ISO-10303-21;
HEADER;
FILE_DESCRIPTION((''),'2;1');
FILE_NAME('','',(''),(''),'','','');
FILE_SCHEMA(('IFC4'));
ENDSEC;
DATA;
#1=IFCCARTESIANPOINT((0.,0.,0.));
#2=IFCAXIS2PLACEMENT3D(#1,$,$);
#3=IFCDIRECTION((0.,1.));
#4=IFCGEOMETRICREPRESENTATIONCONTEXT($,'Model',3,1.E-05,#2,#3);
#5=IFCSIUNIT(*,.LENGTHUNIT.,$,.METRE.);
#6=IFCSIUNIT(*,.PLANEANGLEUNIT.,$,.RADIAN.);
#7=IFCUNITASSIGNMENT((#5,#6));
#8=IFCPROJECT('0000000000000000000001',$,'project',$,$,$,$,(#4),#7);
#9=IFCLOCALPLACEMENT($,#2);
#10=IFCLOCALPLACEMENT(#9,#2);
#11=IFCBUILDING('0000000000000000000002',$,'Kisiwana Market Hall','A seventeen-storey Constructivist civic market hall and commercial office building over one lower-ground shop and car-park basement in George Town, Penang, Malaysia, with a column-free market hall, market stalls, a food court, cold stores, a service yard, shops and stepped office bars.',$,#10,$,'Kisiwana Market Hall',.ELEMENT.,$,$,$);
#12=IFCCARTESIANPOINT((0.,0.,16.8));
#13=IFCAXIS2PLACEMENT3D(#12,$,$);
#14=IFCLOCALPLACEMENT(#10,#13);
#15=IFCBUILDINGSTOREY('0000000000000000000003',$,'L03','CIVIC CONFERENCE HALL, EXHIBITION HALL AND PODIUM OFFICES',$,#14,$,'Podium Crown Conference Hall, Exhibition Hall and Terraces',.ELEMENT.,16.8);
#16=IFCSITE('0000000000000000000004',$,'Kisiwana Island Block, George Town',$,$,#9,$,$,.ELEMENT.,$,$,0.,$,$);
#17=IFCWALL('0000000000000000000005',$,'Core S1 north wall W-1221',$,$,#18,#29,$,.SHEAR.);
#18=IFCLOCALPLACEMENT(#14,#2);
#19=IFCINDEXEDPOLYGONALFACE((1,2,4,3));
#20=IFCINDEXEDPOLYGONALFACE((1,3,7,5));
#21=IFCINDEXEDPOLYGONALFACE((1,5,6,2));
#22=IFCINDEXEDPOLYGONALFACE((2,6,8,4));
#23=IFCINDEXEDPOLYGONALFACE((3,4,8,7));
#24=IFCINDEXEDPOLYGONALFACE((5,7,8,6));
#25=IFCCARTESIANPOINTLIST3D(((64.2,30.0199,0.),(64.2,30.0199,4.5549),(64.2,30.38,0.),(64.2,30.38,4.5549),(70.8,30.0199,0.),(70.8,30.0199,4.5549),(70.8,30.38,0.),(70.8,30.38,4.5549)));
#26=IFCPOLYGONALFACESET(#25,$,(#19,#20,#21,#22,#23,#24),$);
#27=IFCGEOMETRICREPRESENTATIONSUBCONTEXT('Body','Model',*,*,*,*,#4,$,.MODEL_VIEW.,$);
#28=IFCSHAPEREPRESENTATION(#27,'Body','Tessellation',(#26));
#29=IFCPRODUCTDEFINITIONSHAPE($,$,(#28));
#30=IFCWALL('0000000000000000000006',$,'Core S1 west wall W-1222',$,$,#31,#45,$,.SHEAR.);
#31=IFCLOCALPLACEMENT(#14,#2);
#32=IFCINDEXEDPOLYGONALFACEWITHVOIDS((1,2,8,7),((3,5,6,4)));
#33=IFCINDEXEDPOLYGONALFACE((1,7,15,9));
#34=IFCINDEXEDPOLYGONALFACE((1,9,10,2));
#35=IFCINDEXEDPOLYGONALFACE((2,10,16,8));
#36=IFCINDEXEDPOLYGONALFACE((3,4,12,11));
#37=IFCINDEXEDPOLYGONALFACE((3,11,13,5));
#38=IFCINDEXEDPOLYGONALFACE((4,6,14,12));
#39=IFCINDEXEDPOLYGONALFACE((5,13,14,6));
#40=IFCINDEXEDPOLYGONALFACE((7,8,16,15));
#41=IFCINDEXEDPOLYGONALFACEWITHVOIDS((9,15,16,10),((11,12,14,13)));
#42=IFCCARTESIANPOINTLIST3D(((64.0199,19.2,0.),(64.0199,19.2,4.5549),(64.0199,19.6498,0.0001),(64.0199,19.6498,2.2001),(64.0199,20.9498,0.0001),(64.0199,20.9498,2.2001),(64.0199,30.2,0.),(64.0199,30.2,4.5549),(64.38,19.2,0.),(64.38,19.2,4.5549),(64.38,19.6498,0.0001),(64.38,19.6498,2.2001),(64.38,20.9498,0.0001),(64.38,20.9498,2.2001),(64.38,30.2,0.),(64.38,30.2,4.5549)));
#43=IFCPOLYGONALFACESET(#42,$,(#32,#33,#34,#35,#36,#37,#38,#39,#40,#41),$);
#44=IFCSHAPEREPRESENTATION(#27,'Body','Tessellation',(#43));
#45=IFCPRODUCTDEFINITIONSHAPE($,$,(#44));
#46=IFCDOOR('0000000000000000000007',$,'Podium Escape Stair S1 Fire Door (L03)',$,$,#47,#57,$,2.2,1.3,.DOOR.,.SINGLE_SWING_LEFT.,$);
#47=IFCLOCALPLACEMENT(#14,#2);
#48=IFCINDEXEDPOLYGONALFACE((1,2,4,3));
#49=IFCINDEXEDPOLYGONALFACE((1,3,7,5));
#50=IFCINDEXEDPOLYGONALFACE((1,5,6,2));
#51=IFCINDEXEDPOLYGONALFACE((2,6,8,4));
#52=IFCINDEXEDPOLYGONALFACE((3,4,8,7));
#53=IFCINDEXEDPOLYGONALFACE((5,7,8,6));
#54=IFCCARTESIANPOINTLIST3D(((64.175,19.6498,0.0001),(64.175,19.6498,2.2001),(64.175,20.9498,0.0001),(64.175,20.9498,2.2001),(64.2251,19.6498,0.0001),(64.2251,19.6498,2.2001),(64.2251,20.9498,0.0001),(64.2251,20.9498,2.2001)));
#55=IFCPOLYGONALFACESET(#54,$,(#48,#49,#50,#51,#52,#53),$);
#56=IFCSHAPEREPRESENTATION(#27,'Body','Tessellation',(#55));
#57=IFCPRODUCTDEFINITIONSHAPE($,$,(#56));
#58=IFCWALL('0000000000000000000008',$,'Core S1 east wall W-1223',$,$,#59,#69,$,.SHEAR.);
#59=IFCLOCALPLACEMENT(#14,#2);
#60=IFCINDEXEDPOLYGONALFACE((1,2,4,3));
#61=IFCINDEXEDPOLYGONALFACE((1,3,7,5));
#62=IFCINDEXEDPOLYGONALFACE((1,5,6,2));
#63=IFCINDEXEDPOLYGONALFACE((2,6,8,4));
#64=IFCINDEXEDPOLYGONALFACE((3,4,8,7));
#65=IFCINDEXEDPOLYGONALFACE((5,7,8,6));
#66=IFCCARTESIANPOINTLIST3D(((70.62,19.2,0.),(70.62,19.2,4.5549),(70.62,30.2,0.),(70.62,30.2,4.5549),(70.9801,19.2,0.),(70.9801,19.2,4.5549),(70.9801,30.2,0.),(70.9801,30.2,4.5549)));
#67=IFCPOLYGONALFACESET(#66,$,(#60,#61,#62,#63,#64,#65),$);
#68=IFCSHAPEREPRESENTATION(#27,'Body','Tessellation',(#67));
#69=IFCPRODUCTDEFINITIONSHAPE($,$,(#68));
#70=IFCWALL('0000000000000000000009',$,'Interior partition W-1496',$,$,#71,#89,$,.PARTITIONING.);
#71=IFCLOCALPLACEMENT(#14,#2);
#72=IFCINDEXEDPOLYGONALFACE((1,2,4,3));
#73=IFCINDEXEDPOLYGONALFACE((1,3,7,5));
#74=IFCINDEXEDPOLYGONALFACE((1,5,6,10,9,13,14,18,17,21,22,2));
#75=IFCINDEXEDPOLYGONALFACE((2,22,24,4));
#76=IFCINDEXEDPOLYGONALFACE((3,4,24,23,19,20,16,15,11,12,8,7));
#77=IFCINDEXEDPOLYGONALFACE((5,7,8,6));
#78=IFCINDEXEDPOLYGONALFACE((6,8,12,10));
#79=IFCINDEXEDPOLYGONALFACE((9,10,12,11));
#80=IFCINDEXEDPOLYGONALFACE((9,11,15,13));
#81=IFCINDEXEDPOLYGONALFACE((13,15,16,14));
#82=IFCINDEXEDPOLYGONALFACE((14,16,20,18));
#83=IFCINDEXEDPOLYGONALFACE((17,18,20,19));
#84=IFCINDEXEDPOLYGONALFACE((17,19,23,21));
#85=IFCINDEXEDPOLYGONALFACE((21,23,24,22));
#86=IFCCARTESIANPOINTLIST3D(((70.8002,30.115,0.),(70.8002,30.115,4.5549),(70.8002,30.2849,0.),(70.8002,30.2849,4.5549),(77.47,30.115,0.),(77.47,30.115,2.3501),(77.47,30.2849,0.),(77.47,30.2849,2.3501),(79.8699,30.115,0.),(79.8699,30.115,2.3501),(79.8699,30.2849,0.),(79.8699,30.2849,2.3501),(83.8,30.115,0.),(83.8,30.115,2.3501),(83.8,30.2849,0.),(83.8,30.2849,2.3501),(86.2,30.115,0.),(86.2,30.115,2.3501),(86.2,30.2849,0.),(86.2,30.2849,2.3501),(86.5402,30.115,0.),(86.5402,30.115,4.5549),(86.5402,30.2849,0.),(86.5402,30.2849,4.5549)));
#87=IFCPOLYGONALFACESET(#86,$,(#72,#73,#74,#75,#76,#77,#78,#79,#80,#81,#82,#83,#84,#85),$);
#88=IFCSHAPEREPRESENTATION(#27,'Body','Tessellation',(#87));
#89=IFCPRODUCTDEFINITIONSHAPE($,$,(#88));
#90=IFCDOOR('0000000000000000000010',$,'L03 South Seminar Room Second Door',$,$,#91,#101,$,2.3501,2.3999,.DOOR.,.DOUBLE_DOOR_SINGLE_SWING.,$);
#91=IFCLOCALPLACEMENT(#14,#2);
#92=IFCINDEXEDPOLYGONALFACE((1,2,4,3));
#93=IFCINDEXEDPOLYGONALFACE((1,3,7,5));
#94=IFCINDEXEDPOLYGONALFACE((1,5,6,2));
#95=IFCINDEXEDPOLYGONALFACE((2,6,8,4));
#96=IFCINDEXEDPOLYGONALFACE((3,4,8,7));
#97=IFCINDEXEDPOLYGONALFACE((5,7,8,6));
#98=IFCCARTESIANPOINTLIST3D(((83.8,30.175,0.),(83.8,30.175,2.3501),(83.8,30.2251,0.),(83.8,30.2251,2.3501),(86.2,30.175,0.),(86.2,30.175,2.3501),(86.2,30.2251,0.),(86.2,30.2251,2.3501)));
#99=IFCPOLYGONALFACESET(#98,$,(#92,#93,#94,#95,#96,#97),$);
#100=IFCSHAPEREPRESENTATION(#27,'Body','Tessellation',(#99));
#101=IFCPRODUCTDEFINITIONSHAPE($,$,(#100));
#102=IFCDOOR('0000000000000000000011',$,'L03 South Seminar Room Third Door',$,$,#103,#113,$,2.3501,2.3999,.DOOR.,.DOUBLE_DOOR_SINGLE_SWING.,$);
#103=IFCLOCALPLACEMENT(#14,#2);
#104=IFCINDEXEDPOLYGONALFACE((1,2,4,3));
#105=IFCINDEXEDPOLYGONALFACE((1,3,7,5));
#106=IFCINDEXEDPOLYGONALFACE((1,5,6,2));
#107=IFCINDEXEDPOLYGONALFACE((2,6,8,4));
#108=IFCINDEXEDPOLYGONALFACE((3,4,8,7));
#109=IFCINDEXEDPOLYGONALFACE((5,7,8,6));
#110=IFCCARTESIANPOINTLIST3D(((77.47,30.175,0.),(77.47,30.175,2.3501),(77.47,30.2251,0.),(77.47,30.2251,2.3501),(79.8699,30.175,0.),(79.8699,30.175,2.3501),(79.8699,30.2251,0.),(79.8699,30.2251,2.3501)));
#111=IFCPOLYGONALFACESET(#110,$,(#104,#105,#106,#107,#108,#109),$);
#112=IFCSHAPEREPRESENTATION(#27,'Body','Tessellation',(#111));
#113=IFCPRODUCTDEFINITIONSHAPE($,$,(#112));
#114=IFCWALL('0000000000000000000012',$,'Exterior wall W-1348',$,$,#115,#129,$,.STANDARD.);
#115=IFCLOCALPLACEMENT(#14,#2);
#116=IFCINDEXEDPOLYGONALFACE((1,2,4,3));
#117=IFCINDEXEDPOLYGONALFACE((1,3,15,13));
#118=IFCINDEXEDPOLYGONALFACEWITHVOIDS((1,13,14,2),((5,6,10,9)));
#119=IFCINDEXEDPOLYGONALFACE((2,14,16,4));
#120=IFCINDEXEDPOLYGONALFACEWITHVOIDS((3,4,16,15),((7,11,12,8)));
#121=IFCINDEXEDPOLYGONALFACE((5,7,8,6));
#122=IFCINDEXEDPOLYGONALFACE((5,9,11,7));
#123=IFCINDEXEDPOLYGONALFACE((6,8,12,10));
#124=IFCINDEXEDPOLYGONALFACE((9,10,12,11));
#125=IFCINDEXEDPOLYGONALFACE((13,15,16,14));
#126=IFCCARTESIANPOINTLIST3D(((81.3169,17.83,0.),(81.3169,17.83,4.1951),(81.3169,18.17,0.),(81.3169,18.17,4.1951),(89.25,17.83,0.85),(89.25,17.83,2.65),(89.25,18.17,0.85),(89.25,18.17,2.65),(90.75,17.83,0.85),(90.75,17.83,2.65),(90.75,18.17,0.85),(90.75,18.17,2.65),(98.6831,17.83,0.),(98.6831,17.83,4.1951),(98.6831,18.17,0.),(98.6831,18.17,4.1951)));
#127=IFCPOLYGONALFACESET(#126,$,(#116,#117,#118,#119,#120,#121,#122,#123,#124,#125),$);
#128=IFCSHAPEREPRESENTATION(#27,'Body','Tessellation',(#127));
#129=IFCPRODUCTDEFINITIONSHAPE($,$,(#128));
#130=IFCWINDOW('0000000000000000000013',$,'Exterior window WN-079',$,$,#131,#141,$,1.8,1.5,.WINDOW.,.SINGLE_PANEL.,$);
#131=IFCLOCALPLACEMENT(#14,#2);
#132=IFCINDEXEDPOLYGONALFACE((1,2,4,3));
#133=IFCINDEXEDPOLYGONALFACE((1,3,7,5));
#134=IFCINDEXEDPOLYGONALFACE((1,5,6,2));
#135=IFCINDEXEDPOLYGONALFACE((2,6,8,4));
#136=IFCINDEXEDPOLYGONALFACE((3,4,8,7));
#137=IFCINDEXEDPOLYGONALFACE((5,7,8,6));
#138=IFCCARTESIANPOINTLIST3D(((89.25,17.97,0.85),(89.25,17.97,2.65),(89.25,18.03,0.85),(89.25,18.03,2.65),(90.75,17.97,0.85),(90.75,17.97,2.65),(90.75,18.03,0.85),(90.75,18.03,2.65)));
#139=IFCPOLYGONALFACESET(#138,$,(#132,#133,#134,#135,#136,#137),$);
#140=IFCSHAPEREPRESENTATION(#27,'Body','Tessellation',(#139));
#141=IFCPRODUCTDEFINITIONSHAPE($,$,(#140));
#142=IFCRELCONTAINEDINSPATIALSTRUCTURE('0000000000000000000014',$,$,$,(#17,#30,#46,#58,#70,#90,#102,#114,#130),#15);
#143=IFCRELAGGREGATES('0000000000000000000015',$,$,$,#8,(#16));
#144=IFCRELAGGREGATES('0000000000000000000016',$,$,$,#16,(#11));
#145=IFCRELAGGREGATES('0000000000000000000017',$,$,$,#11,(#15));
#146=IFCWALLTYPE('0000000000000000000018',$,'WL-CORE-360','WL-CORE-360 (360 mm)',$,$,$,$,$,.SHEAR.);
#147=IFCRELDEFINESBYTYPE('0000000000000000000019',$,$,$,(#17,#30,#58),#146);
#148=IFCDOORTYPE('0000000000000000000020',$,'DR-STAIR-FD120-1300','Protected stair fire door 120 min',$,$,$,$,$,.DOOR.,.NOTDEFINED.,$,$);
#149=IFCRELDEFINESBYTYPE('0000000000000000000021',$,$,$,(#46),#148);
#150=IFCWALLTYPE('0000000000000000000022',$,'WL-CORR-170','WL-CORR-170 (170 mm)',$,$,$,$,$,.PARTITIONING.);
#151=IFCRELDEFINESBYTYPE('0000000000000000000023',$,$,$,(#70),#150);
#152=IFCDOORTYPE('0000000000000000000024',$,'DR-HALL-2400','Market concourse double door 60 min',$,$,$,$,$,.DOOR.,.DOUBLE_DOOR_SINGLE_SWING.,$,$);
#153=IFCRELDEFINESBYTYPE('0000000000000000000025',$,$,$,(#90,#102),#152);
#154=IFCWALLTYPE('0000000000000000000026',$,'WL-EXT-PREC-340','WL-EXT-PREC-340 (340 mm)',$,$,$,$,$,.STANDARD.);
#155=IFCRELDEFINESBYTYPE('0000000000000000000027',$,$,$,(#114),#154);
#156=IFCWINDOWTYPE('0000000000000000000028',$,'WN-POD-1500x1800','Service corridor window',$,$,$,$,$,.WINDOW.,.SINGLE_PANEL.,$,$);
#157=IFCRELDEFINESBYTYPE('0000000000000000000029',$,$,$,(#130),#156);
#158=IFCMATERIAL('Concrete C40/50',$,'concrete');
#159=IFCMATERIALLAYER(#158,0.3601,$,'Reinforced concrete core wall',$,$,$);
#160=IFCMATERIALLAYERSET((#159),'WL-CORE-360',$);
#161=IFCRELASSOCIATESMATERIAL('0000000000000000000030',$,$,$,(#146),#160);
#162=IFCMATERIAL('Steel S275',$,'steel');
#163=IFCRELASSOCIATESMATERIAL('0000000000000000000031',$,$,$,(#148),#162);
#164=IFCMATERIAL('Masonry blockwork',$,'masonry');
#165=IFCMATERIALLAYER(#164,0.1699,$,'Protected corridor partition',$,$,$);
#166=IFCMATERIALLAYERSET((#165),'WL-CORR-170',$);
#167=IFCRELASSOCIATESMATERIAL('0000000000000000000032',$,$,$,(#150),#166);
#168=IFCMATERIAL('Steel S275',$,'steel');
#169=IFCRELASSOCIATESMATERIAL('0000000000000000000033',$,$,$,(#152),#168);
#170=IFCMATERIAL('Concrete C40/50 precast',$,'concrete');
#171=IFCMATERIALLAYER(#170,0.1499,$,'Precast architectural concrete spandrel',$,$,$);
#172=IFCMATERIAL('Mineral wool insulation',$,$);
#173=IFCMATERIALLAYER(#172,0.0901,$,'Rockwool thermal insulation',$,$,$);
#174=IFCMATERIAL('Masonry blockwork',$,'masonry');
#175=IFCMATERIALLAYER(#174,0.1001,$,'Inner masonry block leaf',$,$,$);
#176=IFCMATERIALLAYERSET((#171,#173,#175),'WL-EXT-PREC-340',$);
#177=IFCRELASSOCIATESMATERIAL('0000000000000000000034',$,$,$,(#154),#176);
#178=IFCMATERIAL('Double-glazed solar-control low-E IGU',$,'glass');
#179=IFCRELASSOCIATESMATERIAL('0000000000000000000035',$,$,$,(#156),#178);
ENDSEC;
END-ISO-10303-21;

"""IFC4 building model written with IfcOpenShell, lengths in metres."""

from ifc_helpers import new_model, si_unit, direction, frame, frame_2d, origin, place, context, subcontext, project, spatial, rectangle, extrude, material, layer, layer_set, type_object, element, fill, save


model = new_model("IFC4")

# Units and contexts
model_context = context("Model", 3, precision=1e-05, world=origin(), true_north=direction((0.0, 1.0)))
body_context = subcontext(model_context, "Body", "Model", "MODEL_VIEW")
ifc_project = project(units=[si_unit("LENGTHUNIT", "METRE"), si_unit("PLANEANGLEUNIT", "RADIAN")], contexts=[model_context])

# Site, building, storey
site_placement = place(None, origin())
site = spatial("IfcSite", under=ifc_project, at=site_placement, Name="Kisiwana Island Block, George Town", CompositionType="ELEMENT", RefElevation=0.0)
building_placement = place(site_placement, origin())
building = spatial("IfcBuilding", under=site, at=building_placement, Name="Kisiwana Market Hall", Description="A seventeen-storey Constructivist civic market hall and commercial office building over one lower-ground shop and car-park basement in George Town, Penang, Malaysia, with a column-free market hall, market stalls, a food court, cold stores, a service yard, shops and stepped office bars.", LongName="Kisiwana Market Hall", CompositionType="ELEMENT")
storey_placement = place(building_placement, frame((0.0, 0.0, 16.8)))
storey = spatial("IfcBuildingStorey", under=building, at=storey_placement, Name="L03", Description="CIVIC CONFERENCE HALL, EXHIBITION HALL AND PODIUM OFFICES", LongName="Podium Crown Conference Hall, Exhibition Hall and Terraces", CompositionType="ELEMENT", Elevation=16.8)

# Wall
ifc_material_1 = material(Name="Concrete C40/50", Category="concrete")
ifc_layer_1 = layer(ifc_material_1, 0.3601, Name="Reinforced concrete core wall")
ifc_layer_set_1 = layer_set([ifc_layer_1], Name="WL-CORE-360")
wall_type_1 = type_object("IfcWallType", Name="WL-CORE-360", Description="WL-CORE-360 (360 mm)", PredefinedType="SHEAR", material=ifc_layer_set_1)
for number, where, z_axis, x_axis, name in (
    (1, (64.2, 30.2, 0.0), (0.0, 0.0, 1.0), (1.0, 0.0, 0.0), "Core S1 north wall W-1221"),
):
    element("IfcWall", number, at=place(storey_placement, frame(where, z_axis=z_axis, x_axis=x_axis)), inside=storey, type_object=wall_type_1, Name=name, PredefinedType="SHEAR", context=body_context, shape_type="SweptSolid", body=[
        extrude(rectangle(XDim=6.6001, YDim=0.3601, at=frame_2d((3.3, 0.0))), origin(), (0.0, 0.0, 1.0), 4.5549),
    ])

# Wall, opening, door
wall_1_placement = place(storey_placement, frame((64.2, 19.2, 0.0), z_axis=(0.0, 0.0, 1.0), x_axis=(0.0, 1.0, 0.0)))
wall_1 = element("IfcWall", 2, at=wall_1_placement, inside=storey, type_object=wall_type_1, Name="Core S1 west wall W-1222", PredefinedType="SHEAR", context=body_context, shape_type="SweptSolid", body=[
    extrude(rectangle(XDim=11.0, YDim=0.3601, at=frame_2d((5.5, 0.0))), origin(), (0.0, 0.0, 1.0), 4.5549),
])
opening_1_placement = place(wall_1_placement, frame((0.45, 0.0, 0.0)))
opening_1 = element("IfcOpeningElement", 3, at=opening_1_placement, cuts=wall_1, PredefinedType="OPENING", context=body_context, shape_type="SweptSolid", body=[
    extrude(rectangle(XDim=1.3, YDim=2.2, at=frame_2d((0.6499, 1.1001))), frame((0.0, 0.1919, 0.0), z_axis=(0.0, -1.0, 0.0), x_axis=(1.0, 0.0, 0.0)), (0.0, 0.0, 1.0), 0.384),
])
ifc_material_2 = material(Name="Steel S275", Category="steel")
door_type_1 = type_object("IfcDoorType", Name="DR-STAIR-FD120-1300", Description="Protected stair fire door 120 min", OperationType="NOTDEFINED", PredefinedType="DOOR", material=ifc_material_2)
door_1_placement = place(opening_1_placement, origin())
door_1 = element("IfcDoor", 4, at=door_1_placement, inside=storey, type_object=door_type_1, Name="Podium Escape Stair S1 Fire Door (L03)", OperationType="SINGLE_SWING_LEFT", OverallHeight=2.2, OverallWidth=1.3, PredefinedType="DOOR", context=body_context, shape_type="SweptSolid", body=[
    extrude(rectangle(XDim=1.3, YDim=2.2, at=frame_2d((0.6499, 1.1001))), frame((0.0, 0.0249, 0.0), z_axis=(0.0, -1.0, 0.0), x_axis=(1.0, 0.0, 0.0)), (0.0, 0.0, 1.0), 0.05),
])
fill(opening_1, door_1)

# Wall
wall_2_placement = place(storey_placement, frame((70.8, 19.2, 0.0), z_axis=(0.0, 0.0, 1.0), x_axis=(0.0, 1.0, 0.0)))
element("IfcWall", 5, at=wall_2_placement, inside=storey, type_object=wall_type_1, Name="Core S1 east wall W-1223", PredefinedType="SHEAR", context=body_context, shape_type="SweptSolid", body=[
    extrude(rectangle(XDim=11.0, YDim=0.3601, at=frame_2d((5.5, 0.0))), origin(), (0.0, 0.0, 1.0), 4.5549),
])

# Wall, openings, doors
ifc_material_3 = material(Name="Masonry blockwork", Category="masonry")
ifc_layer_2 = layer(ifc_material_3, 0.1699, Name="Protected corridor partition")
ifc_layer_set_2 = layer_set([ifc_layer_2], Name="WL-CORR-170")
wall_type_2 = type_object("IfcWallType", Name="WL-CORR-170", Description="WL-CORR-170 (170 mm)", PredefinedType="PARTITIONING", material=ifc_layer_set_2)
wall_3_placement = place(storey_placement, frame((70.8, 30.2, 0.0), z_axis=(0.0, 0.0, 1.0), x_axis=(1.0, 0.0, 0.0)))
wall_3 = element("IfcWall", 6, at=wall_3_placement, inside=storey, type_object=wall_type_2, Name="Interior partition W-1496", PredefinedType="PARTITIONING", context=body_context, shape_type="SweptSolid", body=[
    extrude(rectangle(XDim=15.74, YDim=0.1699, at=frame_2d((7.8701, 0.0))), origin(), (0.0, 0.0, 1.0), 4.5549),
])
opening_2_placement = place(wall_3_placement, frame((13.0, 0.0, 0.0)))
opening_2 = element("IfcOpeningElement", 7, at=opening_2_placement, cuts=wall_3, PredefinedType="OPENING", context=body_context, shape_type="SweptSolid", body=[
    extrude(rectangle(XDim=2.3999, YDim=2.3501, at=frame_2d((1.2, 1.175))), frame((0.0, 0.0969, 0.0), z_axis=(0.0, -1.0, 0.0), x_axis=(1.0, 0.0, 0.0)), (0.0, 0.0, 1.0), 0.1938),
])
opening_3_placement = place(wall_3_placement, frame((6.6699, 0.0, 0.0)))
opening_3 = element("IfcOpeningElement", 8, at=opening_3_placement, cuts=wall_3, PredefinedType="OPENING", context=body_context, shape_type="SweptSolid", body=[
    extrude(rectangle(XDim=2.3999, YDim=2.3501, at=frame_2d((1.2, 1.175))), frame((0.0, 0.0969, 0.0), z_axis=(0.0, -1.0, 0.0), x_axis=(1.0, 0.0, 0.0)), (0.0, 0.0, 1.0), 0.1938),
])
ifc_material_4 = material(Name="Steel S275", Category="steel")
door_type_2 = type_object("IfcDoorType", Name="DR-HALL-2400", Description="Market concourse double door 60 min", OperationType="DOUBLE_DOOR_SINGLE_SWING", PredefinedType="DOOR", material=ifc_material_4)
door_2_placement = place(opening_2_placement, frame((2.3999, 0.0, 0.0), z_axis=(0.0, 0.0, 1.0), x_axis=(-1.0, 0.0, 0.0)))
door_2 = element("IfcDoor", 9, at=door_2_placement, inside=storey, type_object=door_type_2, Name="L03 South Seminar Room Second Door", OperationType="DOUBLE_DOOR_SINGLE_SWING", OverallHeight=2.3501, OverallWidth=2.3999, PredefinedType="DOOR", context=body_context, shape_type="SweptSolid", body=[
    extrude(rectangle(XDim=2.3999, YDim=2.3501, at=frame_2d((1.2, 1.175))), frame((0.0, 0.0249, 0.0), z_axis=(0.0, -1.0, 0.0), x_axis=(1.0, 0.0, 0.0)), (0.0, 0.0, 1.0), 0.05),
])
fill(opening_2, door_2)
door_3_placement = place(opening_3_placement, frame((2.3999, 0.0, 0.0), z_axis=(0.0, 0.0, 1.0), x_axis=(-1.0, 0.0, 0.0)))
door_3 = element("IfcDoor", 10, at=door_3_placement, inside=storey, type_object=door_type_2, Name="L03 South Seminar Room Third Door", OperationType="DOUBLE_DOOR_SINGLE_SWING", OverallHeight=2.3501, OverallWidth=2.3999, PredefinedType="DOOR", context=body_context, shape_type="SweptSolid", body=[
    extrude(rectangle(XDim=2.3999, YDim=2.3501, at=frame_2d((1.2, 1.175))), frame((0.0, 0.0249, 0.0), z_axis=(0.0, -1.0, 0.0), x_axis=(1.0, 0.0, 0.0)), (0.0, 0.0, 1.0), 0.05),
])
fill(opening_3, door_3)

# Wall, opening, window
ifc_material_5 = material(Name="Concrete C40/50 precast", Category="concrete")
ifc_layer_3 = layer(ifc_material_5, 0.1499, Name="Precast architectural concrete spandrel")
ifc_material_6 = material(Name="Mineral wool insulation")
ifc_layer_4 = layer(ifc_material_6, 0.0901, Name="Rockwool thermal insulation")
ifc_material_7 = material(Name="Masonry blockwork", Category="masonry")
ifc_layer_5 = layer(ifc_material_7, 0.1001, Name="Inner masonry block leaf")
ifc_layer_set_3 = layer_set([ifc_layer_3, ifc_layer_4, ifc_layer_5], Name="WL-EXT-PREC-340")
wall_type_3 = type_object("IfcWallType", Name="WL-EXT-PREC-340", Description="WL-EXT-PREC-340 (340 mm)", PredefinedType="STANDARD", material=ifc_layer_set_3)
wall_4_placement = place(storey_placement, frame((81.3169, 18.0, 0.0), z_axis=(0.0, 0.0, 1.0), x_axis=(1.0, 0.0, 0.0)))
wall_4 = element("IfcWall", 11, at=wall_4_placement, inside=storey, type_object=wall_type_3, Name="Exterior wall W-1348", PredefinedType="STANDARD", context=body_context, shape_type="SweptSolid", body=[
    extrude(rectangle(XDim=17.3662, YDim=0.3401, at=frame_2d((8.6831, 0.0))), origin(), (0.0, 0.0, 1.0), 4.1951),
])
opening_4_placement = place(wall_4_placement, frame((7.9331, 0.0, 0.8501)))
opening_4 = element("IfcOpeningElement", 12, at=opening_4_placement, cuts=wall_4, PredefinedType="OPENING", context=body_context, shape_type="SweptSolid", body=[
    extrude(rectangle(XDim=1.5, YDim=1.8, at=frame_2d((0.75, 0.8999))), frame((0.0, 0.1821, 0.0), z_axis=(0.0, -1.0, 0.0), x_axis=(1.0, 0.0, 0.0)), (0.0, 0.0, 1.0), 0.364),
])
ifc_material_8 = material(Name="Double-glazed solar-control low-E IGU", Category="glass")
window_type = type_object("IfcWindowType", Name="WN-POD-1500x1800", Description="Service corridor window", PartitioningType="SINGLE_PANEL", PredefinedType="WINDOW", material=ifc_material_8)
window_placement = place(opening_4_placement, origin())
window = element("IfcWindow", 13, at=window_placement, inside=storey, type_object=window_type, Name="Exterior window WN-079", OverallHeight=1.8, OverallWidth=1.5, PartitioningType="SINGLE_PANEL", PredefinedType="WINDOW", context=body_context, shape_type="SweptSolid", body=[
    extrude(rectangle(XDim=1.5, YDim=1.8, at=frame_2d((0.75, 0.8999))), frame((0.0, 0.03, 0.0), z_axis=(0.0, -1.0, 0.0), x_axis=(1.0, 0.0, 0.0)), (0.0, 0.0, 1.0), 0.0601),
])
fill(opening_4, window)

save(model, "model.ifc")
